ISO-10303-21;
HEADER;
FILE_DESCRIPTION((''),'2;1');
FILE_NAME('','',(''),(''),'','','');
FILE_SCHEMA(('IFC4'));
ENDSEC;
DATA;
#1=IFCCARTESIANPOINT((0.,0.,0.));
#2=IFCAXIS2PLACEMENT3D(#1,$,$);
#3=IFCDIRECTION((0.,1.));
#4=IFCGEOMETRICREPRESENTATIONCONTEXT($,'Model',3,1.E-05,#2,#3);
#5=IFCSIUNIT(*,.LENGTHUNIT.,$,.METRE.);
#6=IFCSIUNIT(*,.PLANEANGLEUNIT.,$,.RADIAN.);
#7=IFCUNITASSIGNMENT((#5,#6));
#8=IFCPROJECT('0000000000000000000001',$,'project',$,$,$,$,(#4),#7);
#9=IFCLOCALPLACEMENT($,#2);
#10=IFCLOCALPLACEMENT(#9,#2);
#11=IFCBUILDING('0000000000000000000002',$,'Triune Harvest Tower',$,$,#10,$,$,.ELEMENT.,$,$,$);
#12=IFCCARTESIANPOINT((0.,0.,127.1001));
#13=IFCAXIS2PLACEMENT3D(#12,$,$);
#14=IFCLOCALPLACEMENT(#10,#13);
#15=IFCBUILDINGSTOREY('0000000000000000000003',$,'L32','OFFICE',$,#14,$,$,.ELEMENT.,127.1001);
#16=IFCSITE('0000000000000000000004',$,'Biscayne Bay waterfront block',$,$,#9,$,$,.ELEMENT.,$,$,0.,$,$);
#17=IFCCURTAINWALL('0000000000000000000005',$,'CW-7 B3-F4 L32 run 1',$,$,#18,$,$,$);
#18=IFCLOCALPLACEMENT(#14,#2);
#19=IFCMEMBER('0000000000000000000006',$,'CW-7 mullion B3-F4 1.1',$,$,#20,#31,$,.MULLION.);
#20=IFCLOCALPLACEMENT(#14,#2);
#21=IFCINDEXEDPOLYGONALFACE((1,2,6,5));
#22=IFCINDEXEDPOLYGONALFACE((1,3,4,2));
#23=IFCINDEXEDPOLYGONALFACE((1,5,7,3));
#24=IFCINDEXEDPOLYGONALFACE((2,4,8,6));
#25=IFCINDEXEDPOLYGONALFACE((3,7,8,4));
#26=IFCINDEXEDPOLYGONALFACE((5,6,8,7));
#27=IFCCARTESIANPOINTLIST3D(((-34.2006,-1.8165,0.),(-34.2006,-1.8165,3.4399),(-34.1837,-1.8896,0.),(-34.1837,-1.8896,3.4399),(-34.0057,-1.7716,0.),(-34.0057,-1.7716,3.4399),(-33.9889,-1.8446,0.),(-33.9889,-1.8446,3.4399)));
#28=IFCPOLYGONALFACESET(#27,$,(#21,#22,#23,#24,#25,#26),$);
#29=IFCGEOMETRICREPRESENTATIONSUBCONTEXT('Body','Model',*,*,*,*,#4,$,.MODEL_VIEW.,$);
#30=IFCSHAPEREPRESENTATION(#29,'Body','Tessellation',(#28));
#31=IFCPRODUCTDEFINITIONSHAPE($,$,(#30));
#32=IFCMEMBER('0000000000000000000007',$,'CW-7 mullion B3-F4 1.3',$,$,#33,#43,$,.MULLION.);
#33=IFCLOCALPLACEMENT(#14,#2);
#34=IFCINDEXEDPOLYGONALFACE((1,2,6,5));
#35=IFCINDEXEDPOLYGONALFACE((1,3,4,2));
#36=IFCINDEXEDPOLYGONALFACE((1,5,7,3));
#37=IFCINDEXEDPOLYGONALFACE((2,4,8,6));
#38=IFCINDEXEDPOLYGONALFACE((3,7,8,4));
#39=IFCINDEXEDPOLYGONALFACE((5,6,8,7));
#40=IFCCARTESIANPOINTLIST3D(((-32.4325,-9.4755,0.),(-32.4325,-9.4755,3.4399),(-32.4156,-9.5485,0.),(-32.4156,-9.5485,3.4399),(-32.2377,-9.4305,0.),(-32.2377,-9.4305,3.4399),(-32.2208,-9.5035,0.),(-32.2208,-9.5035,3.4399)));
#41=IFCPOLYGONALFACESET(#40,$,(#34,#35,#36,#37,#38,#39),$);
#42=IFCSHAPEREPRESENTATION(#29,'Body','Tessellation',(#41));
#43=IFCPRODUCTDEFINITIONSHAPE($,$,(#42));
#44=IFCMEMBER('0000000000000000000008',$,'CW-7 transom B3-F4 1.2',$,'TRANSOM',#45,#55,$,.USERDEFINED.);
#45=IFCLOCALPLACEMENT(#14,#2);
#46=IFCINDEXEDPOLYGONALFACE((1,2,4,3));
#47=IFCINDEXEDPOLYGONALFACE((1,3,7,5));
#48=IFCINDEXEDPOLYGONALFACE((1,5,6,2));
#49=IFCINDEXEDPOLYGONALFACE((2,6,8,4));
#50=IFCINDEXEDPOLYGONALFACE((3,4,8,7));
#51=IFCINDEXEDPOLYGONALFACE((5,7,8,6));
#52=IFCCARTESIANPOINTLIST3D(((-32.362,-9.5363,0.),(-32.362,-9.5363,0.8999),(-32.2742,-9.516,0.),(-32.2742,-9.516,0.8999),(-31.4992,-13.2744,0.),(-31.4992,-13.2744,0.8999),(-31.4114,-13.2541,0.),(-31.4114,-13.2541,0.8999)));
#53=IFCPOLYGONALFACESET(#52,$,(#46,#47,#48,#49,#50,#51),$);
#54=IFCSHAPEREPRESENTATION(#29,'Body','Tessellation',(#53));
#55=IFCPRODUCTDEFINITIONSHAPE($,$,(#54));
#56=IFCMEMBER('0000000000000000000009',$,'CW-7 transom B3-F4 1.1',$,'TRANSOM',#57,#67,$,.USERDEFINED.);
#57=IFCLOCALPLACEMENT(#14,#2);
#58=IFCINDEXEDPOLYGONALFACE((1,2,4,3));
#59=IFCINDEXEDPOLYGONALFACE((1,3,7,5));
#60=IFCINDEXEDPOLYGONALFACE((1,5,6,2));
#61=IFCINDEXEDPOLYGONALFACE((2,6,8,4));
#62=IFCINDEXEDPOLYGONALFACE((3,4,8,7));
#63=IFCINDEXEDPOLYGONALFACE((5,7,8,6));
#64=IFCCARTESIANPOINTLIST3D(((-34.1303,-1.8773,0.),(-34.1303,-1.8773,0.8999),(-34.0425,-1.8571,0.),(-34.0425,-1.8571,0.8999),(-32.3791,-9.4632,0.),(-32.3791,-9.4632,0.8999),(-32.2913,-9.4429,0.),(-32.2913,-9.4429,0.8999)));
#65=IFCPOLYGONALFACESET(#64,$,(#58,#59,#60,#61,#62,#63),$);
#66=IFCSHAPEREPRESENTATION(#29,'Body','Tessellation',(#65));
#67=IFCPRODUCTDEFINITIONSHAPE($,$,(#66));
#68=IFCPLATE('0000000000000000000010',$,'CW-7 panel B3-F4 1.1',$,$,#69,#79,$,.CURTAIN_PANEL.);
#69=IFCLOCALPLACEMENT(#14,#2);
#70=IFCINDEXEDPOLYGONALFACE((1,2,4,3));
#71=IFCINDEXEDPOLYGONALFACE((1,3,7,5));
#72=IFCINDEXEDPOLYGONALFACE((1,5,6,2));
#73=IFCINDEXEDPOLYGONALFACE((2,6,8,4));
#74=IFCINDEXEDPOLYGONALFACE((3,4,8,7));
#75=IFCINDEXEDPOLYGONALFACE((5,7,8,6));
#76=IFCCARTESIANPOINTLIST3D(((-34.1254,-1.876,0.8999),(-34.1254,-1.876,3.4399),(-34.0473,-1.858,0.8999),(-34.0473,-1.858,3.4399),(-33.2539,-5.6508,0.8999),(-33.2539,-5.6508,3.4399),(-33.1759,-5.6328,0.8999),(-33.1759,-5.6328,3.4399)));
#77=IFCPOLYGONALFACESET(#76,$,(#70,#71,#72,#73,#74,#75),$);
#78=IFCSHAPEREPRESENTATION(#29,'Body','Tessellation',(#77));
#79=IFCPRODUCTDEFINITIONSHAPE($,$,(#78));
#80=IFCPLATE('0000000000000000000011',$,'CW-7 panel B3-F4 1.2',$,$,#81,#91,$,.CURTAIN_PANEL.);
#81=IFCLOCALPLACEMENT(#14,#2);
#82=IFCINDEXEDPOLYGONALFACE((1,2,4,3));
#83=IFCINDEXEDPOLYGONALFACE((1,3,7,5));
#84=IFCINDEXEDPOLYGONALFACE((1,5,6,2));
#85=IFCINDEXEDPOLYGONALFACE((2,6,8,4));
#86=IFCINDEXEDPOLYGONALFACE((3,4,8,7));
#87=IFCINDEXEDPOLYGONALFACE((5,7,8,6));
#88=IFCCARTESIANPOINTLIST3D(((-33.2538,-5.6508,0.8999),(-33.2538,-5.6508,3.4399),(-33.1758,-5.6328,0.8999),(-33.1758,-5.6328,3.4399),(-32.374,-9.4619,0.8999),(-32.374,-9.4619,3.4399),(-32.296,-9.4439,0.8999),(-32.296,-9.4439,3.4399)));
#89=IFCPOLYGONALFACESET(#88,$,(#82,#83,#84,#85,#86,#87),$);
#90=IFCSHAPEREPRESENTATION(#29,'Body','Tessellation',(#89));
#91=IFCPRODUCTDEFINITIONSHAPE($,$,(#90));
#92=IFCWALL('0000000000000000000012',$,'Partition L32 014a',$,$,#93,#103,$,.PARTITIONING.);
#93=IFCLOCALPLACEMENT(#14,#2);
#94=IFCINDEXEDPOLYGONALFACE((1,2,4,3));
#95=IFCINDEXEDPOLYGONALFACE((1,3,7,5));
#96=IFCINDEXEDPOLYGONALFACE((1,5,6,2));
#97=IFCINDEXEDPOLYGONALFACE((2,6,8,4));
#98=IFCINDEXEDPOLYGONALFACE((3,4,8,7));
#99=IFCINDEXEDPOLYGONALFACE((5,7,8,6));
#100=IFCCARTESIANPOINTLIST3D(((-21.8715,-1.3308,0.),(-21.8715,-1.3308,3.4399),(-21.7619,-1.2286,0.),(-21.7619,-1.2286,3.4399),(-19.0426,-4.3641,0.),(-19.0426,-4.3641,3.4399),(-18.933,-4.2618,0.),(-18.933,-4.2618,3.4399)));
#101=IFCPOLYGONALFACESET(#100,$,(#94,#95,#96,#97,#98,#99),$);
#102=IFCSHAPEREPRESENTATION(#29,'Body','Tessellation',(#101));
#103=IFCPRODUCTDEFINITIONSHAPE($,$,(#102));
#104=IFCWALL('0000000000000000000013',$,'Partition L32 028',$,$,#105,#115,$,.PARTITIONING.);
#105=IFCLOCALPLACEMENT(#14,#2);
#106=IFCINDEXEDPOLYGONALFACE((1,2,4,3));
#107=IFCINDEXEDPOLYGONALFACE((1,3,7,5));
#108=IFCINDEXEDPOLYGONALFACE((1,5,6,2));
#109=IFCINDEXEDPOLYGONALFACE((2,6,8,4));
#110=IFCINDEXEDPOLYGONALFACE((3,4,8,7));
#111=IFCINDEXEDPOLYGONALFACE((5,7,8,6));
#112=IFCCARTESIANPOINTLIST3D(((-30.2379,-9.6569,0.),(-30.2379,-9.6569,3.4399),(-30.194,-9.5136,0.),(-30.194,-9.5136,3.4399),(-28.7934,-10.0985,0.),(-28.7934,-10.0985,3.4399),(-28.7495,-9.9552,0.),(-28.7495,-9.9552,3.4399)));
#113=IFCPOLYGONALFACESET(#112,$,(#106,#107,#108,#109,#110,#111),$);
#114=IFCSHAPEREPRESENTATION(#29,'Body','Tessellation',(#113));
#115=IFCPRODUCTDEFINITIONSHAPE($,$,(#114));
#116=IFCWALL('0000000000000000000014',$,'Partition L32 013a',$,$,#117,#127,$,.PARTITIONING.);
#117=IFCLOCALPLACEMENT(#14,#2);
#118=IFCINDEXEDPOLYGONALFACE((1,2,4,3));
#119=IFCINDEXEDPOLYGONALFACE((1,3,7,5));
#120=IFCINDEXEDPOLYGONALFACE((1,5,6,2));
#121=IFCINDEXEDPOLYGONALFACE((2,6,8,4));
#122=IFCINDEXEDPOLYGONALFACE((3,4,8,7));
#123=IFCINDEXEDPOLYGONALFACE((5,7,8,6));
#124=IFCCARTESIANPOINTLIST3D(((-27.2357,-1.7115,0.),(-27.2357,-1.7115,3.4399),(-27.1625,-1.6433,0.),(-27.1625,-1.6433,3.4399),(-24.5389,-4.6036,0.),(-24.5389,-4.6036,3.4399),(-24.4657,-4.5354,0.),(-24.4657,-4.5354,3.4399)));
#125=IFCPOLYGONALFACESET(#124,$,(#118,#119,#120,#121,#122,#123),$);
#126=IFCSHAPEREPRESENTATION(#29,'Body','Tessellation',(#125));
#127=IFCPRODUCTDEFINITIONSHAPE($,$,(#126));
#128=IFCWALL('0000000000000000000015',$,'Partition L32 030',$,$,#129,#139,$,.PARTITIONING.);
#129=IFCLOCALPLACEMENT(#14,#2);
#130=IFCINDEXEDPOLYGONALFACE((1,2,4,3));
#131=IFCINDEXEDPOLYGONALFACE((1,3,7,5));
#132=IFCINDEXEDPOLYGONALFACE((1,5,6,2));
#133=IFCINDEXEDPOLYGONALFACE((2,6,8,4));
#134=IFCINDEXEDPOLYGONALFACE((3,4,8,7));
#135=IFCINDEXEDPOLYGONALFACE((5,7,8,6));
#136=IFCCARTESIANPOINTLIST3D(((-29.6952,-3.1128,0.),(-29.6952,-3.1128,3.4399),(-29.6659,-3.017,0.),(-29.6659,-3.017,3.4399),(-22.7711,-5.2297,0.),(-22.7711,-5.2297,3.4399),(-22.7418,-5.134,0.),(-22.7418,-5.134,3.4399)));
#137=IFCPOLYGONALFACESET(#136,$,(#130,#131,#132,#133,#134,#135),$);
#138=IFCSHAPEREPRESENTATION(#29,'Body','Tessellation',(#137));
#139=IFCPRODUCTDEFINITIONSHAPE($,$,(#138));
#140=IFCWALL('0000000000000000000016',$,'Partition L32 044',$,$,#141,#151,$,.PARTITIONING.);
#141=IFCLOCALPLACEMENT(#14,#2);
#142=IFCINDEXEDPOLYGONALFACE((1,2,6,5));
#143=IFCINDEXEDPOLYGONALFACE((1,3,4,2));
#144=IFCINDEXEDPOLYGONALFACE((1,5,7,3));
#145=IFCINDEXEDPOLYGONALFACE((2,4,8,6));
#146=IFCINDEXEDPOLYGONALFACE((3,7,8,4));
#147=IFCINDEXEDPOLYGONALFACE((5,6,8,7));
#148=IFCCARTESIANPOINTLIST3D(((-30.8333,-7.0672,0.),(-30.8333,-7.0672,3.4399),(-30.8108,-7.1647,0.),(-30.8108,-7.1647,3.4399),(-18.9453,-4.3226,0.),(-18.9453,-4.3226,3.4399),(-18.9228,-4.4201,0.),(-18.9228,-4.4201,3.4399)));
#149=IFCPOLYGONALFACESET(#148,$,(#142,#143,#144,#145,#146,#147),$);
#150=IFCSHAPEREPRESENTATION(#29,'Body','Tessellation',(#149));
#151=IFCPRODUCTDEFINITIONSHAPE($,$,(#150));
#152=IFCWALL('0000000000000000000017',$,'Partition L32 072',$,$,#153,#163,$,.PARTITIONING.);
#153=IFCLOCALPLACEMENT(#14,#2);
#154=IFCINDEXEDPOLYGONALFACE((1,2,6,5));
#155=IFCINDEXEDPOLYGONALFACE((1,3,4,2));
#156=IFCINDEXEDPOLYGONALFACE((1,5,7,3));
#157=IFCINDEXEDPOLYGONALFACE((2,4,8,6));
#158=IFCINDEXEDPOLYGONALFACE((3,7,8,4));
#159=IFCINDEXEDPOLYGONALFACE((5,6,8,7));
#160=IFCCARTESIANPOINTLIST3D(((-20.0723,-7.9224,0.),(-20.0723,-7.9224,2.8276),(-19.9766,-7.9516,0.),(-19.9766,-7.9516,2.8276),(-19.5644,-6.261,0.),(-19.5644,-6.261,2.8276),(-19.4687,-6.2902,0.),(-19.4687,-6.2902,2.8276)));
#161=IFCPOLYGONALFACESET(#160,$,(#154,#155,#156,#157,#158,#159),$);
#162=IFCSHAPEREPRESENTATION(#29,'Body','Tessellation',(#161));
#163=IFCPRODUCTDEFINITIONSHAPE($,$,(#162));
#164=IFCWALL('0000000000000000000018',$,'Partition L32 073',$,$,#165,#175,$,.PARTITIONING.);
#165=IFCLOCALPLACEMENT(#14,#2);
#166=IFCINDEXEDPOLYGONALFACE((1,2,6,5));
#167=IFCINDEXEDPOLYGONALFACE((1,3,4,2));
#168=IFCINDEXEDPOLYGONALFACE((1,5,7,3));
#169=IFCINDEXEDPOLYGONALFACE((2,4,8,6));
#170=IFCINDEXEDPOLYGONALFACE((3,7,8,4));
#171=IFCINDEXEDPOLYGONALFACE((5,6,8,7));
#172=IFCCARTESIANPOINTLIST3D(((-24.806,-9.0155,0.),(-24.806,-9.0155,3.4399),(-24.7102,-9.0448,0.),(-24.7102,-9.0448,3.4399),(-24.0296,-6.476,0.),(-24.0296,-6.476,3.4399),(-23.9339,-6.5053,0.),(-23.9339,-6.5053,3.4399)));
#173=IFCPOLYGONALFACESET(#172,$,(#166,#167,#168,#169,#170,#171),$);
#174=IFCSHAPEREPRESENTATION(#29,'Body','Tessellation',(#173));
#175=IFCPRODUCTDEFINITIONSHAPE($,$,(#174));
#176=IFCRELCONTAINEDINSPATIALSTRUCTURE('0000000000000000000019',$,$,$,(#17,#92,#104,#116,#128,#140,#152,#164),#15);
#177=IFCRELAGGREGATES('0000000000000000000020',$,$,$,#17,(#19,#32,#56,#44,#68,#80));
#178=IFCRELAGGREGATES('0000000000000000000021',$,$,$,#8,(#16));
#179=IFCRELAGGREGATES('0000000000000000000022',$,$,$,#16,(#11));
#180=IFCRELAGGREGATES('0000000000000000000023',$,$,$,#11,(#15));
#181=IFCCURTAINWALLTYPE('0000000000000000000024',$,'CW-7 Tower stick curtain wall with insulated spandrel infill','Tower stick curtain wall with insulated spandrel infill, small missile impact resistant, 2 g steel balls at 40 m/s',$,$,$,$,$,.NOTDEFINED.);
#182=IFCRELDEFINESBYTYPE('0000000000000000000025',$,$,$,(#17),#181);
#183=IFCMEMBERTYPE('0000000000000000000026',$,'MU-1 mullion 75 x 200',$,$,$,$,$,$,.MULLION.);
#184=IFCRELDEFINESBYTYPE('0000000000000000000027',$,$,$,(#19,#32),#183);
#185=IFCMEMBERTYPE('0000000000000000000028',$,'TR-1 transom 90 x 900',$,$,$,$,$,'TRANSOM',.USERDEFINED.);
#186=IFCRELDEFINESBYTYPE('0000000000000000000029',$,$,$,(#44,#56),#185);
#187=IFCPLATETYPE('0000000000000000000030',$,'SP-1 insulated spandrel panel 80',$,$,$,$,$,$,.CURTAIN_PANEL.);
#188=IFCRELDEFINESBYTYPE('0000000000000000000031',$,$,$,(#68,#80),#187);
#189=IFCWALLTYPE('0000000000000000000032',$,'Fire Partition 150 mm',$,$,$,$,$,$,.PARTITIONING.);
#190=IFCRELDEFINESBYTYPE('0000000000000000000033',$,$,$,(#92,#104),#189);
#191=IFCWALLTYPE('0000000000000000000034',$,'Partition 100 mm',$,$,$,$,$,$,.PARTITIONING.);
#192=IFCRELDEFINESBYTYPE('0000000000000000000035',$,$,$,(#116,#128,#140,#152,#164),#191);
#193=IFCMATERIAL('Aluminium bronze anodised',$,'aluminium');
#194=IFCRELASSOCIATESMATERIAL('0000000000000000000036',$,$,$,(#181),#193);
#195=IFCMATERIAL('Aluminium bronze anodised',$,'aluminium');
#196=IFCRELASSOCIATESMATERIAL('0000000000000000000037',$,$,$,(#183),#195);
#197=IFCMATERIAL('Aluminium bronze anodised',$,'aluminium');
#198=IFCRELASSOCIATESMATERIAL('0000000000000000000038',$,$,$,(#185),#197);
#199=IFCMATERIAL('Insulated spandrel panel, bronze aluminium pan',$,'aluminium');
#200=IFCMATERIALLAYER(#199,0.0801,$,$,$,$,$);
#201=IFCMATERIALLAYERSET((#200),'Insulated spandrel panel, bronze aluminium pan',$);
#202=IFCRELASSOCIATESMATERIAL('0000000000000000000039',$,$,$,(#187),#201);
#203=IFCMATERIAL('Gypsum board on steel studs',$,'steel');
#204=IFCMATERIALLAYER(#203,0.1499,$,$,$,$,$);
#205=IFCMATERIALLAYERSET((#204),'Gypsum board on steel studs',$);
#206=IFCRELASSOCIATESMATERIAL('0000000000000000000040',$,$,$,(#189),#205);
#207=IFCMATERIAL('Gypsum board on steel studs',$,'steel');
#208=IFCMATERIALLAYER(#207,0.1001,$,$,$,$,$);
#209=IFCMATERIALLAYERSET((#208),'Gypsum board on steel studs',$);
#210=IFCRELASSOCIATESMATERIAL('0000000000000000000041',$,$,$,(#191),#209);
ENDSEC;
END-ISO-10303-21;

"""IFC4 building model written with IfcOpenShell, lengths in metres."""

from ifc_helpers import new_model, si_unit, direction, frame, frame_2d, origin, origin_2d, place, context, subcontext, project, spatial, rectangle, extrude, source, transform, mapped, material, layer, layer_set, material_profile, profile_set, type_object, element, aggregate, save


model = new_model("IFC4")

# Units and contexts
model_context = context("Model", 3, precision=1e-05, world=origin(), true_north=direction((0.0, 1.0)))
body_context = subcontext(model_context, "Body", "Model", "MODEL_VIEW")
ifc_project = project(units=[si_unit("LENGTHUNIT", "METRE"), si_unit("PLANEANGLEUNIT", "RADIAN")], contexts=[model_context])

# Site, building, storey
site_placement = place(None, origin())
site = spatial("IfcSite", under=ifc_project, at=site_placement, Name="Biscayne Bay waterfront block", CompositionType="ELEMENT", RefElevation=0.0)
building_placement = place(site_placement, origin())
building = spatial("IfcBuilding", under=site, at=building_placement, Name="Triune Harvest Tower", CompositionType="ELEMENT")
storey_placement = place(building_placement, frame((0.0, 0.0, 127.1001)))
storey = spatial("IfcBuildingStorey", under=building, at=storey_placement, Name="L32", Description="OFFICE", CompositionType="ELEMENT", Elevation=127.1001)

# Shared definitions
ifc_material_1 = material(Name="Aluminium bronze anodised", Category="aluminium")
curtain_wall_type = type_object("IfcCurtainWallType", Name="CW-7 Tower stick curtain wall with insulated spandrel infill", Description="Tower stick curtain wall with insulated spandrel infill, small missile impact resistant, 2 g steel balls at 40 m/s", PredefinedType="NOTDEFINED", material=ifc_material_1)
ifc_material_2 = material(Name="Aluminium bronze anodised", Category="aluminium")
ifc_material_profile_1 = material_profile(ifc_material_2, rectangle(XDim=0.2, YDim=0.075, at=origin_2d()), Name="MU-1 mullion 75 x 200")
ifc_profile_set_1 = profile_set([ifc_material_profile_1], Name="Aluminium bronze anodised")
member_type_1 = type_object("IfcMemberType", Name="MU-1 mullion 75 x 200", PredefinedType="MULLION", material=ifc_profile_set_1)
shared_shape_1 = source(origin(), body_context, "Body", "SweptSolid", [
    extrude(rectangle(XDim=0.2, YDim=0.075, at=origin_2d()), origin(), (0.0, 0.0, 1.0), 3.4399),
])

# Curtain wall, members, plates
curtain_wall_1_placement = place(storey_placement, origin())
curtain_wall_1 = element("IfcCurtainWall", 1, at=curtain_wall_1_placement, inside=storey, type_object=curtain_wall_type, Name="CW-7 B3-F4 L32 run 1")
member_1_placement = place(storey_placement, frame((-34.0947, -1.8306, 0.0), z_axis=(0.0, 0.0, 1.0), x_axis=(0.974371, 0.224947, 0.0)))
member_1 = element("IfcMember", 2, at=member_1_placement, type_object=member_type_1, Name="CW-7 mullion B3-F4 1.1", PredefinedType="MULLION", context=body_context, shape_type="MappedRepresentation", body=[
    mapped(shared_shape_1, transform((0.0, 0.0, 0.0), scale=1.0)),
])
member_2_placement = place(storey_placement, frame((-32.3267, -9.4895, 0.0), z_axis=(0.0, 0.0, 1.0), x_axis=(0.974371, 0.224947, 0.0)))
member_2 = element("IfcMember", 3, at=member_2_placement, type_object=member_type_1, Name="CW-7 mullion B3-F4 1.3", PredefinedType="MULLION", context=body_context, shape_type="MappedRepresentation", body=[
    mapped(shared_shape_1, transform((0.0, 0.0, 0.0), scale=1.0)),
])
ifc_material_3 = material(Name="Aluminium bronze anodised", Category="aluminium")
ifc_material_profile_2 = material_profile(ifc_material_3, rectangle(XDim=0.0901, YDim=0.8999, at=origin_2d()), Name="TR-1 transom 90 x 900")
ifc_profile_set_2 = profile_set([ifc_material_profile_2], Name="Aluminium bronze anodised")
member_type_2 = type_object("IfcMemberType", Name="TR-1 transom 90 x 900", ElementType="TRANSOM", PredefinedType="USERDEFINED", material=ifc_profile_set_2)
shared_shape_2 = source(origin(), body_context, "Body", "SweptSolid", [
    extrude(rectangle(XDim=0.0901, YDim=0.8999, at=origin_2d()), origin(), (0.0, 0.0, 1.0), 3.8364),
])
member_3_placement = place(storey_placement, frame((-32.3181, -9.5261, 0.45), z_axis=(0.224901, -0.974382, 0.0), x_axis=(0.974382, 0.224901, 0.0)))
member_3 = element("IfcMember", 4, at=member_3_placement, type_object=member_type_2, Name="CW-7 transom B3-F4 1.2", ObjectType="TRANSOM", PredefinedType="USERDEFINED", context=body_context, shape_type="MappedRepresentation", body=[
    mapped(shared_shape_2, transform((0.0, 0.0, 0.0), scale=1.0)),
])
shared_shape_3 = source(origin(), body_context, "Body", "SweptSolid", [
    extrude(rectangle(XDim=0.0901, YDim=0.8999, at=origin_2d()), origin(), (0.0, 0.0, 1.0), 7.7854),
])
member_4_placement = place(storey_placement, frame((-34.0864, -1.8672, 0.45), z_axis=(0.224935, -0.974374, 0.0), x_axis=(0.974374, 0.224935, 0.0)))
member_4 = element("IfcMember", 5, at=member_4_placement, type_object=member_type_2, Name="CW-7 transom B3-F4 1.1", ObjectType="TRANSOM", PredefinedType="USERDEFINED", context=body_context, shape_type="MappedRepresentation", body=[
    mapped(shared_shape_3, transform((0.0, 0.0, 0.0), scale=1.0)),
])
ifc_material_4 = material(Name="Insulated spandrel panel, bronze aluminium pan", Category="aluminium")
ifc_layer_1 = layer(ifc_material_4, 0.0801)
ifc_layer_set_1 = layer_set([ifc_layer_1], Name="Insulated spandrel panel, bronze aluminium pan")
plate_type = type_object("IfcPlateType", Name="SP-1 insulated spandrel panel 80", PredefinedType="CURTAIN_PANEL", material=ifc_layer_set_1)
shared_shape_4 = source(origin(), body_context, "Body", "SweptSolid", [
    extrude(rectangle(XDim=3.874, YDim=0.0801, at=origin_2d()), origin(), (0.0, 0.0, 1.0), 2.54),
])
plate_1_placement = place(storey_placement, frame((-33.6506, -3.7544, 0.8999), z_axis=(0.0, 0.0, 1.0), x_axis=(0.224947, -0.974371, 0.0)))
plate_1 = element("IfcPlate", 6, at=plate_1_placement, type_object=plate_type, Name="CW-7 panel B3-F4 1.1", PredefinedType="CURTAIN_PANEL", context=body_context, shape_type="MappedRepresentation", body=[
    mapped(shared_shape_4, transform((0.0, 0.0, 0.0), scale=1.0)),
])
shared_shape_5 = source(origin(), body_context, "Body", "SweptSolid", [
    extrude(rectangle(XDim=3.9114, YDim=0.0801, at=origin_2d()), origin(), (0.0, 0.0, 1.0), 2.54),
])
plate_2_placement = place(storey_placement, frame((-32.7749, -7.5474, 0.8999), z_axis=(0.0, 0.0, 1.0), x_axis=(0.224947, -0.974371, 0.0)))
plate_2 = element("IfcPlate", 7, at=plate_2_placement, type_object=plate_type, Name="CW-7 panel B3-F4 1.2", PredefinedType="CURTAIN_PANEL", context=body_context, shape_type="MappedRepresentation", body=[
    mapped(shared_shape_5, transform((0.0, 0.0, 0.0), scale=1.0)),
])
aggregate(curtain_wall_1, [member_1, member_2, member_4, member_3, plate_1, plate_2])

# Walls
ifc_material_5 = material(Name="Gypsum board on steel studs", Category="steel")
ifc_layer_2 = layer(ifc_material_5, 0.1499)
ifc_layer_set_2 = layer_set([ifc_layer_2], Name="Gypsum board on steel studs")
wall_type_1 = type_object("IfcWallType", Name="Fire Partition 150 mm", PredefinedType="PARTITIONING", material=ifc_layer_set_2)
wall_1_placement = place(storey_placement, frame((-21.8167, -1.2798, 0.0), z_axis=(0.0, 0.0, 1.0), x_axis=(0.682043, -0.731312, 0.0)))
element("IfcWall", 8, at=wall_1_placement, inside=storey, type_object=wall_type_1, Name="Partition L32 014a", PredefinedType="PARTITIONING", context=body_context, shape_type="SweptSolid", body=[
    extrude(rectangle(XDim=4.1477, YDim=0.1499, at=frame_2d((2.0737, 0.0))), origin(), (0.0, 0.0, 1.0), 3.4399),
])
wall_2_placement = place(storey_placement, frame((-30.2161, -9.5852, 0.0), z_axis=(0.0, 0.0, 1.0), x_axis=(0.956305, -0.29237, 0.0)))
element("IfcWall", 9, at=wall_2_placement, inside=storey, type_object=wall_type_1, Name="Partition L32 028", PredefinedType="PARTITIONING", context=body_context, shape_type="SweptSolid", body=[
    extrude(rectangle(XDim=1.5105, YDim=0.1499, at=frame_2d((0.7554, 0.0))), origin(), (0.0, 0.0, 1.0), 3.4399),
])
ifc_material_6 = material(Name="Gypsum board on steel studs", Category="steel")
ifc_layer_3 = layer(ifc_material_6, 0.1001)
ifc_layer_set_3 = layer_set([ifc_layer_3], Name="Gypsum board on steel studs")
wall_type_2 = type_object("IfcWallType", Name="Partition 100 mm", PredefinedType="PARTITIONING", material=ifc_layer_set_3)
wall_3_placement = place(storey_placement, frame((-27.199, -1.6775, 0.0), z_axis=(0.0, 0.0, 1.0), x_axis=(0.681979, -0.731371, 0.0)))
element("IfcWall", 10, at=wall_3_placement, inside=storey, type_object=wall_type_2, Name="Partition L32 013a", PredefinedType="PARTITIONING", context=body_context, shape_type="SweptSolid", body=[
    extrude(rectangle(XDim=3.9543, YDim=0.1001, at=frame_2d((1.9771, 0.0))), origin(), (0.0, 0.0, 1.0), 3.4399),
])
wall_4_placement = place(storey_placement, frame((-29.6804, -3.0649, 0.0), z_axis=(0.0, 0.0, 1.0), x_axis=(0.956303, -0.292377, 0.0)))
element("IfcWall", 11, at=wall_4_placement, inside=storey, type_object=wall_type_2, Name="Partition L32 030", PredefinedType="PARTITIONING", context=body_context, shape_type="SweptSolid", body=[
    extrude(rectangle(XDim=7.2405, YDim=0.1001, at=frame_2d((3.6201, 0.0))), origin(), (0.0, 0.0, 1.0), 3.4399),
])
wall_5_placement = place(storey_placement, frame((-30.822, -7.116, 0.0), z_axis=(0.0, 0.0, 1.0), x_axis=(0.974369, 0.224957, 0.0)))
element("IfcWall", 12, at=wall_5_placement, inside=storey, type_object=wall_type_2, Name="Partition L32 044", PredefinedType="PARTITIONING", context=body_context, shape_type="SweptSolid", body=[
    extrude(rectangle(XDim=12.2007, YDim=0.1001, at=frame_2d((6.1003, 0.0))), origin(), (0.0, 0.0, 1.0), 3.4399),
])
wall_6_placement = place(storey_placement, frame((-20.0244, -7.937, 0.0), z_axis=(0.0, 0.0, 1.0), x_axis=(0.292308, 0.956324, 0.0)))
element("IfcWall", 13, at=wall_6_placement, inside=storey, type_object=wall_type_2, Name="Partition L32 072", PredefinedType="PARTITIONING", context=body_context, shape_type="SweptSolid", body=[
    extrude(rectangle(XDim=1.7373, YDim=0.1001, at=frame_2d((0.8687, 0.0))), origin(), (0.0, 0.0, 1.0), 2.8276),
])
wall_7_placement = place(storey_placement, frame((-24.7581, -9.03, 0.0), z_axis=(0.0, 0.0, 1.0), x_axis=(0.292354, 0.95631, 0.0)))
element("IfcWall", 14, at=wall_7_placement, inside=storey, type_object=wall_type_2, Name="Partition L32 073", PredefinedType="PARTITIONING", context=body_context, shape_type="SweptSolid", body=[
    extrude(rectangle(XDim=2.6555, YDim=0.1001, at=frame_2d((1.3276, 0.0))), origin(), (0.0, 0.0, 1.0), 3.4399),
])

save(model, "model.ifc")
